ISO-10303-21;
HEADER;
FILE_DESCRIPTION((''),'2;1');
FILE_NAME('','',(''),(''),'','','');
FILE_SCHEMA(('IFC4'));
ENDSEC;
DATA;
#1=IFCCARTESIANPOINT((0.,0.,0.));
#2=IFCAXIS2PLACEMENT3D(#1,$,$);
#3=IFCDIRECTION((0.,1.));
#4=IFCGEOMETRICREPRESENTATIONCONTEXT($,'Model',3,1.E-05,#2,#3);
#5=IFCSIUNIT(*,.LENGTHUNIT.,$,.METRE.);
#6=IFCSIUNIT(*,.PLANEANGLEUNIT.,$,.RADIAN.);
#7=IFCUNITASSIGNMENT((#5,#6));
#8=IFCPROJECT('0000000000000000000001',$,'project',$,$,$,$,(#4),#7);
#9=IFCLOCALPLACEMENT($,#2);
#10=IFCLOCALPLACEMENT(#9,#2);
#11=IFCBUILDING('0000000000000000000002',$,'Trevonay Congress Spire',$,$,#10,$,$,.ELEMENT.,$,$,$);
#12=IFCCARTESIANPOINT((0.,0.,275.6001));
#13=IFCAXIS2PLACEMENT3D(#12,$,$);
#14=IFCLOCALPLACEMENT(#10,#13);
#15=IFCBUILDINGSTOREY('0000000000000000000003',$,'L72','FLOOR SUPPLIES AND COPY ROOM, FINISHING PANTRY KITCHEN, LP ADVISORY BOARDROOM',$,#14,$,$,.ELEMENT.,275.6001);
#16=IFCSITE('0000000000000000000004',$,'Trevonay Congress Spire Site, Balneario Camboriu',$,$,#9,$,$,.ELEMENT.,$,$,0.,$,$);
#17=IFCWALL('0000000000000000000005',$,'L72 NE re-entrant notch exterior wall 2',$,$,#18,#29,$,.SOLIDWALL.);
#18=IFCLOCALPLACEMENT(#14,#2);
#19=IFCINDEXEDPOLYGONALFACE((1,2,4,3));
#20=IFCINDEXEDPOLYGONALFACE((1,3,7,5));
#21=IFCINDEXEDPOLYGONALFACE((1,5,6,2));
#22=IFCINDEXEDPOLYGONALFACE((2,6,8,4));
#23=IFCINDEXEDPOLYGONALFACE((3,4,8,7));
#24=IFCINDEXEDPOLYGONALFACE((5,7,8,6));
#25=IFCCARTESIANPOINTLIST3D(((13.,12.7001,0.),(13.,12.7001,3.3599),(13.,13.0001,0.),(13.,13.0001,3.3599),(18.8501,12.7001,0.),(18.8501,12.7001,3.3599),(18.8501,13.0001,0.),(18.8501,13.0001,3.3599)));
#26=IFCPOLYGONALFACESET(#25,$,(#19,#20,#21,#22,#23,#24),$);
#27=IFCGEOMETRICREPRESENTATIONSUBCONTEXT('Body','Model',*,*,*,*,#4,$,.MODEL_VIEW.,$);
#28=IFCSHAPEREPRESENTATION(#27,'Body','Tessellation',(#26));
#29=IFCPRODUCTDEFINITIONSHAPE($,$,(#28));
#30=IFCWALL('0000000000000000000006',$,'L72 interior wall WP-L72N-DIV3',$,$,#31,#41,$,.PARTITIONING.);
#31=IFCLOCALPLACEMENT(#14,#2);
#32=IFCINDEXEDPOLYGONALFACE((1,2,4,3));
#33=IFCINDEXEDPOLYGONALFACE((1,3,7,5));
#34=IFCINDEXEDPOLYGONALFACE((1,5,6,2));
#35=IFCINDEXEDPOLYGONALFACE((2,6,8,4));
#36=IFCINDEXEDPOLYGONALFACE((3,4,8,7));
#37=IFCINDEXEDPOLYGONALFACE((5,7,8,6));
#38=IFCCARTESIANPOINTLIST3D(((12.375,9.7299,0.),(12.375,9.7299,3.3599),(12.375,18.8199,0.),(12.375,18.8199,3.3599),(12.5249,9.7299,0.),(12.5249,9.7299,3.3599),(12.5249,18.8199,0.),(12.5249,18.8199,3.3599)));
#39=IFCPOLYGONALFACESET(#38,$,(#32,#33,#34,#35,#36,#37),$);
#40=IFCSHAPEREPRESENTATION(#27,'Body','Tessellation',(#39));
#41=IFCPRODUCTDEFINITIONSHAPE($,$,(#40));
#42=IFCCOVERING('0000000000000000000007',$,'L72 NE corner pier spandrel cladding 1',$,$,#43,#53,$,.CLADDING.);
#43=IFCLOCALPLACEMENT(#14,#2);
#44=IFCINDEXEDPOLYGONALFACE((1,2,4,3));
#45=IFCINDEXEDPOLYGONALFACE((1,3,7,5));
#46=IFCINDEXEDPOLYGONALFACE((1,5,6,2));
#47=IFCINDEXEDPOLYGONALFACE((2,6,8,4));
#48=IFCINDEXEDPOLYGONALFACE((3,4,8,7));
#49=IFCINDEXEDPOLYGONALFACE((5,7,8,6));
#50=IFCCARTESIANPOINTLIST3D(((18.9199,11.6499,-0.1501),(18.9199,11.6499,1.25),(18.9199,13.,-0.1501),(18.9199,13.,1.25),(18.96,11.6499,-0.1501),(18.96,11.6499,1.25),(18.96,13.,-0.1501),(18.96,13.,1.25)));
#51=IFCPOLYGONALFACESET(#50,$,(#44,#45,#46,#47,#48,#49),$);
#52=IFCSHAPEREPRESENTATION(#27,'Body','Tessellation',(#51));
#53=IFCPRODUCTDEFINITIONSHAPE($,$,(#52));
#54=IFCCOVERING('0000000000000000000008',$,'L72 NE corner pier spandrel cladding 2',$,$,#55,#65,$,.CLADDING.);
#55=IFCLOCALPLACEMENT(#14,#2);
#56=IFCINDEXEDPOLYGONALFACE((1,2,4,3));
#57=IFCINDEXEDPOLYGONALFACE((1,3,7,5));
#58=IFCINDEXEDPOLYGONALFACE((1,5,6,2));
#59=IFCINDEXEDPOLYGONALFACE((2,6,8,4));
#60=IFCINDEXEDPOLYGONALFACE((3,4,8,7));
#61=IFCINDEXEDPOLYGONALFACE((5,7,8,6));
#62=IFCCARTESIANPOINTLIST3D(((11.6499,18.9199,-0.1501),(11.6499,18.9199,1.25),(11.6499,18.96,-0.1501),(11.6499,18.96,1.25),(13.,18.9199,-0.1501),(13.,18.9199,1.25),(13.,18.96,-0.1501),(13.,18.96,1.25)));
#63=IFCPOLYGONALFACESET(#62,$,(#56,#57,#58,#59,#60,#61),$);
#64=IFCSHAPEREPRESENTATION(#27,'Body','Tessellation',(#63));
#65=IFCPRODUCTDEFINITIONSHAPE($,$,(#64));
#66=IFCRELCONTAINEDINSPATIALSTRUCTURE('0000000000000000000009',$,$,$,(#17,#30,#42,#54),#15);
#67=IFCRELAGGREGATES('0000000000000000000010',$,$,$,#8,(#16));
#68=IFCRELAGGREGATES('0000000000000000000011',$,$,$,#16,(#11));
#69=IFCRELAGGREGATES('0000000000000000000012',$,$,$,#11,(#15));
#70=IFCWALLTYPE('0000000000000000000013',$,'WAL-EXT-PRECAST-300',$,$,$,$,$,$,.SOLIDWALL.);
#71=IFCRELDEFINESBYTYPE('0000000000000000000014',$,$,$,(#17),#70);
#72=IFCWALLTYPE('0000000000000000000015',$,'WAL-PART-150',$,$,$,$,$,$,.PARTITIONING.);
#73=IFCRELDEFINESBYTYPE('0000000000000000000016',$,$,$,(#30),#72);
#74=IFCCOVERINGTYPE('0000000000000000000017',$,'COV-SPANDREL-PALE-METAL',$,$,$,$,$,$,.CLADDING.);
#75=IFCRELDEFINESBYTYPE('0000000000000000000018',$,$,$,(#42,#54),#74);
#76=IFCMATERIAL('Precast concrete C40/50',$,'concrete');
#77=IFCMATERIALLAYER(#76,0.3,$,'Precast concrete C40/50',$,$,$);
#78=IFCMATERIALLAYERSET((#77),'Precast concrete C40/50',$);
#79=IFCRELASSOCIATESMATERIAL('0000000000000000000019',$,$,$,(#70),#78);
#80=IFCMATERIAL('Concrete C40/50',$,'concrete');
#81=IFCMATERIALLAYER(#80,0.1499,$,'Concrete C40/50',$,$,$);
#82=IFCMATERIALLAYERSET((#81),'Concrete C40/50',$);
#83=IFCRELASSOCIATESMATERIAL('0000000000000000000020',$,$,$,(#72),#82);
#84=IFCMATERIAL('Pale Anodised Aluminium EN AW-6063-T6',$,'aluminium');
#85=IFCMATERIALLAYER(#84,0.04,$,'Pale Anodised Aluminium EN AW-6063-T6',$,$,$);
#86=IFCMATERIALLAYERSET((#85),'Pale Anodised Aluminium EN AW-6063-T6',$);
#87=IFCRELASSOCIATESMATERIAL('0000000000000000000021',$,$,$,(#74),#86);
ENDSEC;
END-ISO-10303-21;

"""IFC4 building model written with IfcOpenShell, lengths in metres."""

from ifc_helpers import new_model, si_unit, direction, frame, frame_2d, origin, place, context, subcontext, project, spatial, rectangle, extrude, material, layer, layer_set, type_object, element, save


model = new_model("IFC4")

# Units and contexts
model_context = context("Model", 3, precision=1e-05, world=origin(), true_north=direction((0.0, 1.0)))
body_context = subcontext(model_context, "Body", "Model", "MODEL_VIEW")
ifc_project = project(units=[si_unit("LENGTHUNIT", "METRE"), si_unit("PLANEANGLEUNIT", "RADIAN")], contexts=[model_context])

# Site, building, storey
site_placement = place(None, origin())
site = spatial("IfcSite", under=ifc_project, at=site_placement, Name="Trevonay Congress Spire Site, Balneario Camboriu", CompositionType="ELEMENT", RefElevation=0.0)
building_placement = place(site_placement, origin())
building = spatial("IfcBuilding", under=site, at=building_placement, Name="Trevonay Congress Spire", CompositionType="ELEMENT")
storey_placement = place(building_placement, frame((0.0, 0.0, 275.6001)))
storey = spatial("IfcBuildingStorey", under=building, at=storey_placement, Name="L72", Description="FLOOR SUPPLIES AND COPY ROOM, FINISHING PANTRY KITCHEN, LP ADVISORY BOARDROOM", CompositionType="ELEMENT", Elevation=275.6001)

# Shared definitions
ifc_material_1 = material(Name="Pale Anodised Aluminium EN AW-6063-T6", Category="aluminium")

# Shared definitions
ifc_material_2 = material(Name="Precast concrete C40/50", Category="concrete")
ifc_layer_1 = layer(ifc_material_2, 0.3, Name="Precast concrete C40/50")
ifc_layer_set_1 = layer_set([ifc_layer_1], Name="Precast concrete C40/50")
wall_type_1 = type_object("IfcWallType", Name="WAL-EXT-PRECAST-300", PredefinedType="SOLIDWALL", material=ifc_layer_set_1)

# Walls
wall_1_placement = place(storey_placement, frame((18.8501, 12.8501, 0.0), z_axis=(0.0, 0.0, 1.0), x_axis=(-1.0, 0.0, 0.0)))
element("IfcWall", 1, at=wall_1_placement, inside=storey, type_object=wall_type_1, Name="L72 NE re-entrant notch exterior wall 2", PredefinedType="SOLIDWALL", context=body_context, shape_type="SweptSolid", body=[
    extrude(rectangle(XDim=5.8501, YDim=0.3, at=frame_2d((2.925, 0.0))), origin(), (0.0, 0.0, 1.0), 3.3599),
])
ifc_material_3 = material(Name="Concrete C40/50", Category="concrete")
ifc_layer_2 = layer(ifc_material_3, 0.1499, Name="Concrete C40/50")
ifc_layer_set_2 = layer_set([ifc_layer_2], Name="Concrete C40/50")
wall_type_2 = type_object("IfcWallType", Name="WAL-PART-150", PredefinedType="PARTITIONING", material=ifc_layer_set_2)
wall_2_placement = place(storey_placement, frame((12.45, 9.73, 0.0), z_axis=(0.0, 0.0, 1.0), x_axis=(0.0, 1.0, 0.0)))
element("IfcWall", 2, at=wall_2_placement, inside=storey, type_object=wall_type_2, Name="L72 interior wall WP-L72N-DIV3", PredefinedType="PARTITIONING", context=body_context, shape_type="SweptSolid", body=[
    extrude(rectangle(XDim=9.0901, YDim=0.1499, at=frame_2d((4.5449, 0.0))), origin(), (0.0, 0.0, 1.0), 3.3599),
])

# Coverings
ifc_layer_3 = layer(ifc_material_1, 0.04, Name="Pale Anodised Aluminium EN AW-6063-T6")
ifc_layer_set_3 = layer_set([ifc_layer_3], Name="Pale Anodised Aluminium EN AW-6063-T6")
covering_type = type_object("IfcCoveringType", Name="COV-SPANDREL-PALE-METAL", PredefinedType="CLADDING", material=ifc_layer_set_3)
for number, where, z_axis, x_axis, name in (
    (3, (18.9399, 11.6499, -0.1501), (0.0, 0.0, 1.0), (0.0, 1.0, 0.0), "L72 NE corner pier spandrel cladding 1"),
    (4, (11.6499, 18.9399, -0.1501), (0.0, 0.0, 1.0), (1.0, 0.0, 0.0), "L72 NE corner pier spandrel cladding 2"),
):
    element("IfcCovering", number, at=place(storey_placement, frame(where, z_axis=z_axis, x_axis=x_axis)), inside=storey, type_object=covering_type, Name=name, PredefinedType="CLADDING", context=body_context, shape_type="SweptSolid", body=[
        extrude(rectangle(XDim=1.3501, YDim=0.04, at=frame_2d((0.675, 0.0))), origin(), (0.0, 0.0, 1.0), 1.4001),
    ])

save(model, "model.ifc")
